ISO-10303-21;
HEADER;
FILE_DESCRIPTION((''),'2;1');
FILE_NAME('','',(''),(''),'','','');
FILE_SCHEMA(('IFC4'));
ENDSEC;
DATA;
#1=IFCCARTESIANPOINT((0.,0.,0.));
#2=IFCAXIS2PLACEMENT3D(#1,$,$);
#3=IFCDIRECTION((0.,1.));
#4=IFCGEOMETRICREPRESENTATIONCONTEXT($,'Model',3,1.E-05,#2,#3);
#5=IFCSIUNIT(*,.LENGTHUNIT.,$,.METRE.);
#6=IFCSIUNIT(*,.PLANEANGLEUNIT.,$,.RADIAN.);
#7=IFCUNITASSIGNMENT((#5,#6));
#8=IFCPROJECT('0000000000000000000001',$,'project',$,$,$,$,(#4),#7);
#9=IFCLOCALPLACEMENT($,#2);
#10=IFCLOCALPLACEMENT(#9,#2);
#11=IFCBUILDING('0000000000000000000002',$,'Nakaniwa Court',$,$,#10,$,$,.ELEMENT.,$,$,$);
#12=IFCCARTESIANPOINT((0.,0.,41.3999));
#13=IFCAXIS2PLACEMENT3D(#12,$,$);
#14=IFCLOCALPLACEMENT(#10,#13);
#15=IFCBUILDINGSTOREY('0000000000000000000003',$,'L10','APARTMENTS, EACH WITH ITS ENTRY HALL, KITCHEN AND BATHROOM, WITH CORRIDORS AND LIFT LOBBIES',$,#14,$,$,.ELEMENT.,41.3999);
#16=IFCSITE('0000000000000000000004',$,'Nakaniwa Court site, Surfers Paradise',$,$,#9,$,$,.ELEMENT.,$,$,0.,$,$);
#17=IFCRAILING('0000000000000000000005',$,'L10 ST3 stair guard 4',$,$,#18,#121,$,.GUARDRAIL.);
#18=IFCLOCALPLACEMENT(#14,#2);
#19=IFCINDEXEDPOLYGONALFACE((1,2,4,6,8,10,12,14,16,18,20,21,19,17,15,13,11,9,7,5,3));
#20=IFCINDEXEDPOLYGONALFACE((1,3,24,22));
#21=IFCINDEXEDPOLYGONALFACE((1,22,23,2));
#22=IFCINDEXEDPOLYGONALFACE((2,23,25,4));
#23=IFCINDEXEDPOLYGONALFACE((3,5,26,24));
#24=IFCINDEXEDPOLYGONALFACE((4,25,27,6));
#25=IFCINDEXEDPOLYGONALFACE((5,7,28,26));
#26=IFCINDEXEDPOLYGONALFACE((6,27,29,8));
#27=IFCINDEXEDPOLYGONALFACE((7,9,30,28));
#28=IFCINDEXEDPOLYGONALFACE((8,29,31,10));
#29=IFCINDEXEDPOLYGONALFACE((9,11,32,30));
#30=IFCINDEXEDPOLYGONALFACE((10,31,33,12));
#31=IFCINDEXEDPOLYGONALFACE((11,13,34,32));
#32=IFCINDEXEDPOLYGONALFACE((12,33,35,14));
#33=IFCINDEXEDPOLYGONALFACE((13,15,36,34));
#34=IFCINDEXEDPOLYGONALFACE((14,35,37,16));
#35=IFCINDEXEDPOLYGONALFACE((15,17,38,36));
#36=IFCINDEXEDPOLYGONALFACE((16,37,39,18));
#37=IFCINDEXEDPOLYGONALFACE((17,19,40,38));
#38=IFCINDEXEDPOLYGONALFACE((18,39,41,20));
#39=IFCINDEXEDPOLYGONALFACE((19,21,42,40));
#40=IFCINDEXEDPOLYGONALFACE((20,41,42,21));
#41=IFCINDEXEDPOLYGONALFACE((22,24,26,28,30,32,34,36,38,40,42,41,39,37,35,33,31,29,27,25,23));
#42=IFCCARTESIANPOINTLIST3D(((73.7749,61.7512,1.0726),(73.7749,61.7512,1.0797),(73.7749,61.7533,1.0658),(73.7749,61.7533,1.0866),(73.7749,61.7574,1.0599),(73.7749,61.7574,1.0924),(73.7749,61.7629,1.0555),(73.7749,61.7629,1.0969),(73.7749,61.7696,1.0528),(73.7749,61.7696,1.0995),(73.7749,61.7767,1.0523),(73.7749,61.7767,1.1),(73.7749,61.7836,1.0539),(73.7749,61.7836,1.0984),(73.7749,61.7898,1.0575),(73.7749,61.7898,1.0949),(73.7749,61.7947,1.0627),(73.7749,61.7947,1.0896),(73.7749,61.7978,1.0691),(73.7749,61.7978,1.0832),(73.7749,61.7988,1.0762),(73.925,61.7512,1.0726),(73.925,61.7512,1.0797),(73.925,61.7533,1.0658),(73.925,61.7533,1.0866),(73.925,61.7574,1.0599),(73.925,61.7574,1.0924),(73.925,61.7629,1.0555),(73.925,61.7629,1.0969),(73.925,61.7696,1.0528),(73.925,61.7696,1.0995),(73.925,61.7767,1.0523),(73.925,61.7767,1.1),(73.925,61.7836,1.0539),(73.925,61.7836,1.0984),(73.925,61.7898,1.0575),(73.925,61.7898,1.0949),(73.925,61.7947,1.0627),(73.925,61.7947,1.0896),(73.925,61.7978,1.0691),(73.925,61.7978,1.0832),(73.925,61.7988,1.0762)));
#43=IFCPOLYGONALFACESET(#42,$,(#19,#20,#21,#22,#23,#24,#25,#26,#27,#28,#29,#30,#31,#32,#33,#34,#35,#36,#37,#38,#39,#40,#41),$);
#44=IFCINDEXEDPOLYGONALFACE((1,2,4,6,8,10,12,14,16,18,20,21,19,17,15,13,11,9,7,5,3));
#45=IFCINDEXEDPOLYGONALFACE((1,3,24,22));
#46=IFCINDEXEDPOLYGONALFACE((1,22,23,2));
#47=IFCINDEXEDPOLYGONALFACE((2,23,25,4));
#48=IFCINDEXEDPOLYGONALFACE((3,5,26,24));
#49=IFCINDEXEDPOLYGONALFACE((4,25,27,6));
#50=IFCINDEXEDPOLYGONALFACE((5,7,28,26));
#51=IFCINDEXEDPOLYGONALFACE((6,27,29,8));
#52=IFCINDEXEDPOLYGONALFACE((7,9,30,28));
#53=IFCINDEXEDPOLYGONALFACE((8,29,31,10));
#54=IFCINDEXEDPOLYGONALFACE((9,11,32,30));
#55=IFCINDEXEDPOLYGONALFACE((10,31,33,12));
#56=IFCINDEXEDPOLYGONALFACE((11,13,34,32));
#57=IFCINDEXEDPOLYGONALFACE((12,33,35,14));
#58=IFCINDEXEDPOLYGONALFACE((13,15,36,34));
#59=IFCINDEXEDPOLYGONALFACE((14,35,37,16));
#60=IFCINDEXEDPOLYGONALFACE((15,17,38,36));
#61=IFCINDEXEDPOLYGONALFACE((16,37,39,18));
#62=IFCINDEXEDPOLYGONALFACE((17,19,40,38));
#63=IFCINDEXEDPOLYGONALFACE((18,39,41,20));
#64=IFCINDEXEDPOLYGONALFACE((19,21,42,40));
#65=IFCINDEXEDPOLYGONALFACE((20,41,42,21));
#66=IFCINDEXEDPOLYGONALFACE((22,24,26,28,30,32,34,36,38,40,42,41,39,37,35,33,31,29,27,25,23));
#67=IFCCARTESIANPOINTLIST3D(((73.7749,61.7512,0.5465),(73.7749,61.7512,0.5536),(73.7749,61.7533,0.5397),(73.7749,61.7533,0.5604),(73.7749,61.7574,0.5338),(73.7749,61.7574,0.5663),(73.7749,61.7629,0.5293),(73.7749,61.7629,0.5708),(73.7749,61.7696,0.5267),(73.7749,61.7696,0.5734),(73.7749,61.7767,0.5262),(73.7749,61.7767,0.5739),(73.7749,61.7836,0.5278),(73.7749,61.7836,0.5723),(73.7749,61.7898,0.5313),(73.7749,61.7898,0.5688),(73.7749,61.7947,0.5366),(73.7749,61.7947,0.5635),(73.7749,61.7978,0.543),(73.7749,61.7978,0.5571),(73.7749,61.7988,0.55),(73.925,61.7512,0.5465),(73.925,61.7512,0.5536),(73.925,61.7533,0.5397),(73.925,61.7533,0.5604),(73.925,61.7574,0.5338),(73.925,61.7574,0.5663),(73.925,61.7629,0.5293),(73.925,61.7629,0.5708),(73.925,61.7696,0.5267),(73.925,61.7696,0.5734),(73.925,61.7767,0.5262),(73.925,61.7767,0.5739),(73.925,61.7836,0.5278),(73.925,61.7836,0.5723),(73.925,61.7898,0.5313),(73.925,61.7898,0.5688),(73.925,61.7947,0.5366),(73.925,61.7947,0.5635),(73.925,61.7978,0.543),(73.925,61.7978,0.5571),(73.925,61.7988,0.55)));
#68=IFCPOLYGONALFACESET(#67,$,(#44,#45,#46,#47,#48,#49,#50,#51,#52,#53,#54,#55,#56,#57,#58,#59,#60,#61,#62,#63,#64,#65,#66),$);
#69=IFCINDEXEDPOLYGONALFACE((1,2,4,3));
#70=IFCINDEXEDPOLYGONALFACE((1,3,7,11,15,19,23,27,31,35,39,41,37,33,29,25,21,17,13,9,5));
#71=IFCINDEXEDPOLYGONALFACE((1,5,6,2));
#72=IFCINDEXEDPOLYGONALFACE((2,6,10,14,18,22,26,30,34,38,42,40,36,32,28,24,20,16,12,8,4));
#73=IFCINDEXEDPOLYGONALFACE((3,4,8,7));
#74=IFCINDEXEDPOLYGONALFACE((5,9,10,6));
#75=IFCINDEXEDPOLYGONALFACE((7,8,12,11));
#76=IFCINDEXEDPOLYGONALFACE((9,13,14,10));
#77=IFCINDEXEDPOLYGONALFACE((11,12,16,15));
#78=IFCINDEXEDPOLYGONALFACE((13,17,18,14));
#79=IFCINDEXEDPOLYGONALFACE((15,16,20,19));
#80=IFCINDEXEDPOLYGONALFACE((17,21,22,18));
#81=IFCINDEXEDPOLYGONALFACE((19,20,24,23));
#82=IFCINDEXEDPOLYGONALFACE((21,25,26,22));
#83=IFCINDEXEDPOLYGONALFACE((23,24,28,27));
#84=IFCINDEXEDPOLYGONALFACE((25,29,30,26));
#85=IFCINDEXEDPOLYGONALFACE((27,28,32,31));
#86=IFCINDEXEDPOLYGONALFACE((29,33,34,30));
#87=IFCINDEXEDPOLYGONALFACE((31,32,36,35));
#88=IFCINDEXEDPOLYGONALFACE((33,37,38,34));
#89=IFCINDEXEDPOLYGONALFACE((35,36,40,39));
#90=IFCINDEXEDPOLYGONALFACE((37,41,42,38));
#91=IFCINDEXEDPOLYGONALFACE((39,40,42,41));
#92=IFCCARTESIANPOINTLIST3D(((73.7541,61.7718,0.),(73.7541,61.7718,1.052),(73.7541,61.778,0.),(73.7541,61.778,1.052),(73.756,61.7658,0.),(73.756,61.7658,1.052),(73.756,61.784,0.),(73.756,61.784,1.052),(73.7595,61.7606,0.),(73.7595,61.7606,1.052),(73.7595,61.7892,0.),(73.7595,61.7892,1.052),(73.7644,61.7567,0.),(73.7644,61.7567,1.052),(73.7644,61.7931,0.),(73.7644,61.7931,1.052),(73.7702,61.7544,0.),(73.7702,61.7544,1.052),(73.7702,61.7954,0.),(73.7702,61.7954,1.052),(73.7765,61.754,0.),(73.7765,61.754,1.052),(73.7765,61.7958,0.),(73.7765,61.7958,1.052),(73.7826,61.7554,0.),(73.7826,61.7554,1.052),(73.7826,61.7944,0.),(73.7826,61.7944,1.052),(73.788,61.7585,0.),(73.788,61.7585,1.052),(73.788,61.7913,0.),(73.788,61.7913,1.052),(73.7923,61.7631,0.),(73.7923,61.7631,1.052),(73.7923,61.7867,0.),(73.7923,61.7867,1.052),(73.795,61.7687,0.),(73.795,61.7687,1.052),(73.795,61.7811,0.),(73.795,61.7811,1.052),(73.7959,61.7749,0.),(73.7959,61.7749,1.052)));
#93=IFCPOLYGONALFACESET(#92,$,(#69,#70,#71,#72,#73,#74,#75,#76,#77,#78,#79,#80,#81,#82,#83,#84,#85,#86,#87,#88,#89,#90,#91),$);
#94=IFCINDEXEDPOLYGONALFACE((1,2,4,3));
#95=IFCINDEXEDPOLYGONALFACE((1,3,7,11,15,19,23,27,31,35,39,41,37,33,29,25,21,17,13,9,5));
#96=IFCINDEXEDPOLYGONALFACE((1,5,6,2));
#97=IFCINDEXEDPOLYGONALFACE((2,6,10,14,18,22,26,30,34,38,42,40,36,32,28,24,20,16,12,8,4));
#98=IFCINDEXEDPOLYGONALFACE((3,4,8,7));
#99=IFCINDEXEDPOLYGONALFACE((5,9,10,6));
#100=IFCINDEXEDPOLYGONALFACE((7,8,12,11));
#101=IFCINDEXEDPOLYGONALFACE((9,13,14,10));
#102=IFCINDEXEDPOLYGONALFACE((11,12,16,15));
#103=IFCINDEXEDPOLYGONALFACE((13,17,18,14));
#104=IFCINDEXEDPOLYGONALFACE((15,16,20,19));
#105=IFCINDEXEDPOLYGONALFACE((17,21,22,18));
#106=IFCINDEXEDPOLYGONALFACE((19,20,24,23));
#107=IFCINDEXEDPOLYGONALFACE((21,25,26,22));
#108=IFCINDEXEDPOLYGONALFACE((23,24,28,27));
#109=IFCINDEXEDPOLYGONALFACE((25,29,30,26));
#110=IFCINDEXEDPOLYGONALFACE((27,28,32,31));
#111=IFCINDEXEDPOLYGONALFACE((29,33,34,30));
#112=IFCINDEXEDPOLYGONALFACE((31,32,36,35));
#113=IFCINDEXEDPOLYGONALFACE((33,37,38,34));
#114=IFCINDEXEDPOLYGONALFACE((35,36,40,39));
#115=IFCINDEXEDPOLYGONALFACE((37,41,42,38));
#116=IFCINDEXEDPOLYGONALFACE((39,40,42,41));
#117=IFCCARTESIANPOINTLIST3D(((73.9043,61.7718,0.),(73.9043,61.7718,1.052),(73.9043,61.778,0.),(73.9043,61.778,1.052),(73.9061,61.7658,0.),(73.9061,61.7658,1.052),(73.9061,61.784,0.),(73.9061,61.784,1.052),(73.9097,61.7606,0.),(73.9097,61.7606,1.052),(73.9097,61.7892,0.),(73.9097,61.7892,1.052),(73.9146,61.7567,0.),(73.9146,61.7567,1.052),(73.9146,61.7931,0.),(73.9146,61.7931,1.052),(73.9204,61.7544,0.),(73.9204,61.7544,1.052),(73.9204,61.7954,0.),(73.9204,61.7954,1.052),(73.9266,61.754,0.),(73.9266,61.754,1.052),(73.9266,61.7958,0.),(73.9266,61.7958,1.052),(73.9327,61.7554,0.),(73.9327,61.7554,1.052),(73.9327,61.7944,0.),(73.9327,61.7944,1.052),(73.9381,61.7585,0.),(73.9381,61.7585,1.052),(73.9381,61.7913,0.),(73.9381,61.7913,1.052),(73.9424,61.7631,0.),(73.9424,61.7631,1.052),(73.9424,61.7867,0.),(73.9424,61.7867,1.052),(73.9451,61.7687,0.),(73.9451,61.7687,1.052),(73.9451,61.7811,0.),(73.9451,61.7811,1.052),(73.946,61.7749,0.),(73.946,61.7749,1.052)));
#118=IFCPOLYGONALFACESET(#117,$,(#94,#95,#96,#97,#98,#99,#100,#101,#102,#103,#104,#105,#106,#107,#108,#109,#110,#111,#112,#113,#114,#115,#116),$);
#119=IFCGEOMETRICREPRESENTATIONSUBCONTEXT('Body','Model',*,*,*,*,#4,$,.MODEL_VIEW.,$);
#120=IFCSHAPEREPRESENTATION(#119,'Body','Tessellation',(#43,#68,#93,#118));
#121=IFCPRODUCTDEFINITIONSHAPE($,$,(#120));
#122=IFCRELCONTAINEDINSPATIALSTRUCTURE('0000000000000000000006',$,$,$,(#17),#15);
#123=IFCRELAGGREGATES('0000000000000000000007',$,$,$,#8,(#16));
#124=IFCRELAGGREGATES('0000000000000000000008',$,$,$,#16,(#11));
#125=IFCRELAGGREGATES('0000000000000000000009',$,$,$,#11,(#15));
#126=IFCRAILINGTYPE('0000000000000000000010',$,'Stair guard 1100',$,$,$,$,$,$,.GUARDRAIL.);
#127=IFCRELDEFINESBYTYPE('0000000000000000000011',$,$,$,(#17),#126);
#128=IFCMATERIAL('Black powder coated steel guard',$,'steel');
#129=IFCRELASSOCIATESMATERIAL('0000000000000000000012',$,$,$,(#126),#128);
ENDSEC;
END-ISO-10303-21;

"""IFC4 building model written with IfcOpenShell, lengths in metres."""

from ifc_helpers import new_model, si_unit, direction, frame, origin, origin_2d, place, context, subcontext, project, spatial, circle, extrude, material, type_object, element, save


model = new_model("IFC4")

# Units and contexts
model_context = context("Model", 3, precision=1e-05, world=origin(), true_north=direction((0.0, 1.0)))
body_context = subcontext(model_context, "Body", "Model", "MODEL_VIEW")
ifc_project = project(units=[si_unit("LENGTHUNIT", "METRE"), si_unit("PLANEANGLEUNIT", "RADIAN")], contexts=[model_context])

# Site, building, storey
site_placement = place(None, origin())
site = spatial("IfcSite", under=ifc_project, at=site_placement, Name="Nakaniwa Court site, Surfers Paradise", CompositionType="ELEMENT", RefElevation=0.0)
building_placement = place(site_placement, origin())
building = spatial("IfcBuilding", under=site, at=building_placement, Name="Nakaniwa Court", CompositionType="ELEMENT")
storey_placement = place(building_placement, frame((0.0, 0.0, 41.3999)))
storey = spatial("IfcBuildingStorey", under=building, at=storey_placement, Name="L10", Description="APARTMENTS, EACH WITH ITS ENTRY HALL, KITCHEN AND BATHROOM, WITH CORRIDORS AND LIFT LOBBIES", CompositionType="ELEMENT", Elevation=41.3999)

# Railing
ifc_material_1 = material(Name="Black powder coated steel guard", Category="steel")
railing_type_1 = type_object("IfcRailingType", Name="Stair guard 1100", PredefinedType="GUARDRAIL", material=ifc_material_1)
railing_1_placement = place(storey_placement, frame((73.7749, 61.7749, 0.0)))
element("IfcRailing", 1, at=railing_1_placement, inside=storey, type_object=railing_type_1, Name="L10 ST3 stair guard 4", PredefinedType="GUARDRAIL", context=body_context, shape_type="SweptSolid", body=[
    extrude(circle(Radius=0.0239, at=origin_2d()), frame((0.0, 0.0, 1.0762), z_axis=(1.0, 0.0, 0.0), x_axis=(0.0, 1.0, 0.0)), (0.0, 0.0, 1.0), 0.1501),
    extrude(circle(Radius=0.0239, at=origin_2d()), frame((0.0, 0.0, 0.55), z_axis=(1.0, 0.0, 0.0), x_axis=(0.0, 1.0, 0.0)), (0.0, 0.0, 1.0), 0.1501),
    extrude(circle(Radius=0.021, at=origin_2d()), origin(), (0.0, 0.0, 1.0), 1.052),
    extrude(circle(Radius=0.021, at=origin_2d()), frame((0.1501, 0.0, 0.0)), (0.0, 0.0, 1.0), 1.052),
])

save(model, "model.ifc")
